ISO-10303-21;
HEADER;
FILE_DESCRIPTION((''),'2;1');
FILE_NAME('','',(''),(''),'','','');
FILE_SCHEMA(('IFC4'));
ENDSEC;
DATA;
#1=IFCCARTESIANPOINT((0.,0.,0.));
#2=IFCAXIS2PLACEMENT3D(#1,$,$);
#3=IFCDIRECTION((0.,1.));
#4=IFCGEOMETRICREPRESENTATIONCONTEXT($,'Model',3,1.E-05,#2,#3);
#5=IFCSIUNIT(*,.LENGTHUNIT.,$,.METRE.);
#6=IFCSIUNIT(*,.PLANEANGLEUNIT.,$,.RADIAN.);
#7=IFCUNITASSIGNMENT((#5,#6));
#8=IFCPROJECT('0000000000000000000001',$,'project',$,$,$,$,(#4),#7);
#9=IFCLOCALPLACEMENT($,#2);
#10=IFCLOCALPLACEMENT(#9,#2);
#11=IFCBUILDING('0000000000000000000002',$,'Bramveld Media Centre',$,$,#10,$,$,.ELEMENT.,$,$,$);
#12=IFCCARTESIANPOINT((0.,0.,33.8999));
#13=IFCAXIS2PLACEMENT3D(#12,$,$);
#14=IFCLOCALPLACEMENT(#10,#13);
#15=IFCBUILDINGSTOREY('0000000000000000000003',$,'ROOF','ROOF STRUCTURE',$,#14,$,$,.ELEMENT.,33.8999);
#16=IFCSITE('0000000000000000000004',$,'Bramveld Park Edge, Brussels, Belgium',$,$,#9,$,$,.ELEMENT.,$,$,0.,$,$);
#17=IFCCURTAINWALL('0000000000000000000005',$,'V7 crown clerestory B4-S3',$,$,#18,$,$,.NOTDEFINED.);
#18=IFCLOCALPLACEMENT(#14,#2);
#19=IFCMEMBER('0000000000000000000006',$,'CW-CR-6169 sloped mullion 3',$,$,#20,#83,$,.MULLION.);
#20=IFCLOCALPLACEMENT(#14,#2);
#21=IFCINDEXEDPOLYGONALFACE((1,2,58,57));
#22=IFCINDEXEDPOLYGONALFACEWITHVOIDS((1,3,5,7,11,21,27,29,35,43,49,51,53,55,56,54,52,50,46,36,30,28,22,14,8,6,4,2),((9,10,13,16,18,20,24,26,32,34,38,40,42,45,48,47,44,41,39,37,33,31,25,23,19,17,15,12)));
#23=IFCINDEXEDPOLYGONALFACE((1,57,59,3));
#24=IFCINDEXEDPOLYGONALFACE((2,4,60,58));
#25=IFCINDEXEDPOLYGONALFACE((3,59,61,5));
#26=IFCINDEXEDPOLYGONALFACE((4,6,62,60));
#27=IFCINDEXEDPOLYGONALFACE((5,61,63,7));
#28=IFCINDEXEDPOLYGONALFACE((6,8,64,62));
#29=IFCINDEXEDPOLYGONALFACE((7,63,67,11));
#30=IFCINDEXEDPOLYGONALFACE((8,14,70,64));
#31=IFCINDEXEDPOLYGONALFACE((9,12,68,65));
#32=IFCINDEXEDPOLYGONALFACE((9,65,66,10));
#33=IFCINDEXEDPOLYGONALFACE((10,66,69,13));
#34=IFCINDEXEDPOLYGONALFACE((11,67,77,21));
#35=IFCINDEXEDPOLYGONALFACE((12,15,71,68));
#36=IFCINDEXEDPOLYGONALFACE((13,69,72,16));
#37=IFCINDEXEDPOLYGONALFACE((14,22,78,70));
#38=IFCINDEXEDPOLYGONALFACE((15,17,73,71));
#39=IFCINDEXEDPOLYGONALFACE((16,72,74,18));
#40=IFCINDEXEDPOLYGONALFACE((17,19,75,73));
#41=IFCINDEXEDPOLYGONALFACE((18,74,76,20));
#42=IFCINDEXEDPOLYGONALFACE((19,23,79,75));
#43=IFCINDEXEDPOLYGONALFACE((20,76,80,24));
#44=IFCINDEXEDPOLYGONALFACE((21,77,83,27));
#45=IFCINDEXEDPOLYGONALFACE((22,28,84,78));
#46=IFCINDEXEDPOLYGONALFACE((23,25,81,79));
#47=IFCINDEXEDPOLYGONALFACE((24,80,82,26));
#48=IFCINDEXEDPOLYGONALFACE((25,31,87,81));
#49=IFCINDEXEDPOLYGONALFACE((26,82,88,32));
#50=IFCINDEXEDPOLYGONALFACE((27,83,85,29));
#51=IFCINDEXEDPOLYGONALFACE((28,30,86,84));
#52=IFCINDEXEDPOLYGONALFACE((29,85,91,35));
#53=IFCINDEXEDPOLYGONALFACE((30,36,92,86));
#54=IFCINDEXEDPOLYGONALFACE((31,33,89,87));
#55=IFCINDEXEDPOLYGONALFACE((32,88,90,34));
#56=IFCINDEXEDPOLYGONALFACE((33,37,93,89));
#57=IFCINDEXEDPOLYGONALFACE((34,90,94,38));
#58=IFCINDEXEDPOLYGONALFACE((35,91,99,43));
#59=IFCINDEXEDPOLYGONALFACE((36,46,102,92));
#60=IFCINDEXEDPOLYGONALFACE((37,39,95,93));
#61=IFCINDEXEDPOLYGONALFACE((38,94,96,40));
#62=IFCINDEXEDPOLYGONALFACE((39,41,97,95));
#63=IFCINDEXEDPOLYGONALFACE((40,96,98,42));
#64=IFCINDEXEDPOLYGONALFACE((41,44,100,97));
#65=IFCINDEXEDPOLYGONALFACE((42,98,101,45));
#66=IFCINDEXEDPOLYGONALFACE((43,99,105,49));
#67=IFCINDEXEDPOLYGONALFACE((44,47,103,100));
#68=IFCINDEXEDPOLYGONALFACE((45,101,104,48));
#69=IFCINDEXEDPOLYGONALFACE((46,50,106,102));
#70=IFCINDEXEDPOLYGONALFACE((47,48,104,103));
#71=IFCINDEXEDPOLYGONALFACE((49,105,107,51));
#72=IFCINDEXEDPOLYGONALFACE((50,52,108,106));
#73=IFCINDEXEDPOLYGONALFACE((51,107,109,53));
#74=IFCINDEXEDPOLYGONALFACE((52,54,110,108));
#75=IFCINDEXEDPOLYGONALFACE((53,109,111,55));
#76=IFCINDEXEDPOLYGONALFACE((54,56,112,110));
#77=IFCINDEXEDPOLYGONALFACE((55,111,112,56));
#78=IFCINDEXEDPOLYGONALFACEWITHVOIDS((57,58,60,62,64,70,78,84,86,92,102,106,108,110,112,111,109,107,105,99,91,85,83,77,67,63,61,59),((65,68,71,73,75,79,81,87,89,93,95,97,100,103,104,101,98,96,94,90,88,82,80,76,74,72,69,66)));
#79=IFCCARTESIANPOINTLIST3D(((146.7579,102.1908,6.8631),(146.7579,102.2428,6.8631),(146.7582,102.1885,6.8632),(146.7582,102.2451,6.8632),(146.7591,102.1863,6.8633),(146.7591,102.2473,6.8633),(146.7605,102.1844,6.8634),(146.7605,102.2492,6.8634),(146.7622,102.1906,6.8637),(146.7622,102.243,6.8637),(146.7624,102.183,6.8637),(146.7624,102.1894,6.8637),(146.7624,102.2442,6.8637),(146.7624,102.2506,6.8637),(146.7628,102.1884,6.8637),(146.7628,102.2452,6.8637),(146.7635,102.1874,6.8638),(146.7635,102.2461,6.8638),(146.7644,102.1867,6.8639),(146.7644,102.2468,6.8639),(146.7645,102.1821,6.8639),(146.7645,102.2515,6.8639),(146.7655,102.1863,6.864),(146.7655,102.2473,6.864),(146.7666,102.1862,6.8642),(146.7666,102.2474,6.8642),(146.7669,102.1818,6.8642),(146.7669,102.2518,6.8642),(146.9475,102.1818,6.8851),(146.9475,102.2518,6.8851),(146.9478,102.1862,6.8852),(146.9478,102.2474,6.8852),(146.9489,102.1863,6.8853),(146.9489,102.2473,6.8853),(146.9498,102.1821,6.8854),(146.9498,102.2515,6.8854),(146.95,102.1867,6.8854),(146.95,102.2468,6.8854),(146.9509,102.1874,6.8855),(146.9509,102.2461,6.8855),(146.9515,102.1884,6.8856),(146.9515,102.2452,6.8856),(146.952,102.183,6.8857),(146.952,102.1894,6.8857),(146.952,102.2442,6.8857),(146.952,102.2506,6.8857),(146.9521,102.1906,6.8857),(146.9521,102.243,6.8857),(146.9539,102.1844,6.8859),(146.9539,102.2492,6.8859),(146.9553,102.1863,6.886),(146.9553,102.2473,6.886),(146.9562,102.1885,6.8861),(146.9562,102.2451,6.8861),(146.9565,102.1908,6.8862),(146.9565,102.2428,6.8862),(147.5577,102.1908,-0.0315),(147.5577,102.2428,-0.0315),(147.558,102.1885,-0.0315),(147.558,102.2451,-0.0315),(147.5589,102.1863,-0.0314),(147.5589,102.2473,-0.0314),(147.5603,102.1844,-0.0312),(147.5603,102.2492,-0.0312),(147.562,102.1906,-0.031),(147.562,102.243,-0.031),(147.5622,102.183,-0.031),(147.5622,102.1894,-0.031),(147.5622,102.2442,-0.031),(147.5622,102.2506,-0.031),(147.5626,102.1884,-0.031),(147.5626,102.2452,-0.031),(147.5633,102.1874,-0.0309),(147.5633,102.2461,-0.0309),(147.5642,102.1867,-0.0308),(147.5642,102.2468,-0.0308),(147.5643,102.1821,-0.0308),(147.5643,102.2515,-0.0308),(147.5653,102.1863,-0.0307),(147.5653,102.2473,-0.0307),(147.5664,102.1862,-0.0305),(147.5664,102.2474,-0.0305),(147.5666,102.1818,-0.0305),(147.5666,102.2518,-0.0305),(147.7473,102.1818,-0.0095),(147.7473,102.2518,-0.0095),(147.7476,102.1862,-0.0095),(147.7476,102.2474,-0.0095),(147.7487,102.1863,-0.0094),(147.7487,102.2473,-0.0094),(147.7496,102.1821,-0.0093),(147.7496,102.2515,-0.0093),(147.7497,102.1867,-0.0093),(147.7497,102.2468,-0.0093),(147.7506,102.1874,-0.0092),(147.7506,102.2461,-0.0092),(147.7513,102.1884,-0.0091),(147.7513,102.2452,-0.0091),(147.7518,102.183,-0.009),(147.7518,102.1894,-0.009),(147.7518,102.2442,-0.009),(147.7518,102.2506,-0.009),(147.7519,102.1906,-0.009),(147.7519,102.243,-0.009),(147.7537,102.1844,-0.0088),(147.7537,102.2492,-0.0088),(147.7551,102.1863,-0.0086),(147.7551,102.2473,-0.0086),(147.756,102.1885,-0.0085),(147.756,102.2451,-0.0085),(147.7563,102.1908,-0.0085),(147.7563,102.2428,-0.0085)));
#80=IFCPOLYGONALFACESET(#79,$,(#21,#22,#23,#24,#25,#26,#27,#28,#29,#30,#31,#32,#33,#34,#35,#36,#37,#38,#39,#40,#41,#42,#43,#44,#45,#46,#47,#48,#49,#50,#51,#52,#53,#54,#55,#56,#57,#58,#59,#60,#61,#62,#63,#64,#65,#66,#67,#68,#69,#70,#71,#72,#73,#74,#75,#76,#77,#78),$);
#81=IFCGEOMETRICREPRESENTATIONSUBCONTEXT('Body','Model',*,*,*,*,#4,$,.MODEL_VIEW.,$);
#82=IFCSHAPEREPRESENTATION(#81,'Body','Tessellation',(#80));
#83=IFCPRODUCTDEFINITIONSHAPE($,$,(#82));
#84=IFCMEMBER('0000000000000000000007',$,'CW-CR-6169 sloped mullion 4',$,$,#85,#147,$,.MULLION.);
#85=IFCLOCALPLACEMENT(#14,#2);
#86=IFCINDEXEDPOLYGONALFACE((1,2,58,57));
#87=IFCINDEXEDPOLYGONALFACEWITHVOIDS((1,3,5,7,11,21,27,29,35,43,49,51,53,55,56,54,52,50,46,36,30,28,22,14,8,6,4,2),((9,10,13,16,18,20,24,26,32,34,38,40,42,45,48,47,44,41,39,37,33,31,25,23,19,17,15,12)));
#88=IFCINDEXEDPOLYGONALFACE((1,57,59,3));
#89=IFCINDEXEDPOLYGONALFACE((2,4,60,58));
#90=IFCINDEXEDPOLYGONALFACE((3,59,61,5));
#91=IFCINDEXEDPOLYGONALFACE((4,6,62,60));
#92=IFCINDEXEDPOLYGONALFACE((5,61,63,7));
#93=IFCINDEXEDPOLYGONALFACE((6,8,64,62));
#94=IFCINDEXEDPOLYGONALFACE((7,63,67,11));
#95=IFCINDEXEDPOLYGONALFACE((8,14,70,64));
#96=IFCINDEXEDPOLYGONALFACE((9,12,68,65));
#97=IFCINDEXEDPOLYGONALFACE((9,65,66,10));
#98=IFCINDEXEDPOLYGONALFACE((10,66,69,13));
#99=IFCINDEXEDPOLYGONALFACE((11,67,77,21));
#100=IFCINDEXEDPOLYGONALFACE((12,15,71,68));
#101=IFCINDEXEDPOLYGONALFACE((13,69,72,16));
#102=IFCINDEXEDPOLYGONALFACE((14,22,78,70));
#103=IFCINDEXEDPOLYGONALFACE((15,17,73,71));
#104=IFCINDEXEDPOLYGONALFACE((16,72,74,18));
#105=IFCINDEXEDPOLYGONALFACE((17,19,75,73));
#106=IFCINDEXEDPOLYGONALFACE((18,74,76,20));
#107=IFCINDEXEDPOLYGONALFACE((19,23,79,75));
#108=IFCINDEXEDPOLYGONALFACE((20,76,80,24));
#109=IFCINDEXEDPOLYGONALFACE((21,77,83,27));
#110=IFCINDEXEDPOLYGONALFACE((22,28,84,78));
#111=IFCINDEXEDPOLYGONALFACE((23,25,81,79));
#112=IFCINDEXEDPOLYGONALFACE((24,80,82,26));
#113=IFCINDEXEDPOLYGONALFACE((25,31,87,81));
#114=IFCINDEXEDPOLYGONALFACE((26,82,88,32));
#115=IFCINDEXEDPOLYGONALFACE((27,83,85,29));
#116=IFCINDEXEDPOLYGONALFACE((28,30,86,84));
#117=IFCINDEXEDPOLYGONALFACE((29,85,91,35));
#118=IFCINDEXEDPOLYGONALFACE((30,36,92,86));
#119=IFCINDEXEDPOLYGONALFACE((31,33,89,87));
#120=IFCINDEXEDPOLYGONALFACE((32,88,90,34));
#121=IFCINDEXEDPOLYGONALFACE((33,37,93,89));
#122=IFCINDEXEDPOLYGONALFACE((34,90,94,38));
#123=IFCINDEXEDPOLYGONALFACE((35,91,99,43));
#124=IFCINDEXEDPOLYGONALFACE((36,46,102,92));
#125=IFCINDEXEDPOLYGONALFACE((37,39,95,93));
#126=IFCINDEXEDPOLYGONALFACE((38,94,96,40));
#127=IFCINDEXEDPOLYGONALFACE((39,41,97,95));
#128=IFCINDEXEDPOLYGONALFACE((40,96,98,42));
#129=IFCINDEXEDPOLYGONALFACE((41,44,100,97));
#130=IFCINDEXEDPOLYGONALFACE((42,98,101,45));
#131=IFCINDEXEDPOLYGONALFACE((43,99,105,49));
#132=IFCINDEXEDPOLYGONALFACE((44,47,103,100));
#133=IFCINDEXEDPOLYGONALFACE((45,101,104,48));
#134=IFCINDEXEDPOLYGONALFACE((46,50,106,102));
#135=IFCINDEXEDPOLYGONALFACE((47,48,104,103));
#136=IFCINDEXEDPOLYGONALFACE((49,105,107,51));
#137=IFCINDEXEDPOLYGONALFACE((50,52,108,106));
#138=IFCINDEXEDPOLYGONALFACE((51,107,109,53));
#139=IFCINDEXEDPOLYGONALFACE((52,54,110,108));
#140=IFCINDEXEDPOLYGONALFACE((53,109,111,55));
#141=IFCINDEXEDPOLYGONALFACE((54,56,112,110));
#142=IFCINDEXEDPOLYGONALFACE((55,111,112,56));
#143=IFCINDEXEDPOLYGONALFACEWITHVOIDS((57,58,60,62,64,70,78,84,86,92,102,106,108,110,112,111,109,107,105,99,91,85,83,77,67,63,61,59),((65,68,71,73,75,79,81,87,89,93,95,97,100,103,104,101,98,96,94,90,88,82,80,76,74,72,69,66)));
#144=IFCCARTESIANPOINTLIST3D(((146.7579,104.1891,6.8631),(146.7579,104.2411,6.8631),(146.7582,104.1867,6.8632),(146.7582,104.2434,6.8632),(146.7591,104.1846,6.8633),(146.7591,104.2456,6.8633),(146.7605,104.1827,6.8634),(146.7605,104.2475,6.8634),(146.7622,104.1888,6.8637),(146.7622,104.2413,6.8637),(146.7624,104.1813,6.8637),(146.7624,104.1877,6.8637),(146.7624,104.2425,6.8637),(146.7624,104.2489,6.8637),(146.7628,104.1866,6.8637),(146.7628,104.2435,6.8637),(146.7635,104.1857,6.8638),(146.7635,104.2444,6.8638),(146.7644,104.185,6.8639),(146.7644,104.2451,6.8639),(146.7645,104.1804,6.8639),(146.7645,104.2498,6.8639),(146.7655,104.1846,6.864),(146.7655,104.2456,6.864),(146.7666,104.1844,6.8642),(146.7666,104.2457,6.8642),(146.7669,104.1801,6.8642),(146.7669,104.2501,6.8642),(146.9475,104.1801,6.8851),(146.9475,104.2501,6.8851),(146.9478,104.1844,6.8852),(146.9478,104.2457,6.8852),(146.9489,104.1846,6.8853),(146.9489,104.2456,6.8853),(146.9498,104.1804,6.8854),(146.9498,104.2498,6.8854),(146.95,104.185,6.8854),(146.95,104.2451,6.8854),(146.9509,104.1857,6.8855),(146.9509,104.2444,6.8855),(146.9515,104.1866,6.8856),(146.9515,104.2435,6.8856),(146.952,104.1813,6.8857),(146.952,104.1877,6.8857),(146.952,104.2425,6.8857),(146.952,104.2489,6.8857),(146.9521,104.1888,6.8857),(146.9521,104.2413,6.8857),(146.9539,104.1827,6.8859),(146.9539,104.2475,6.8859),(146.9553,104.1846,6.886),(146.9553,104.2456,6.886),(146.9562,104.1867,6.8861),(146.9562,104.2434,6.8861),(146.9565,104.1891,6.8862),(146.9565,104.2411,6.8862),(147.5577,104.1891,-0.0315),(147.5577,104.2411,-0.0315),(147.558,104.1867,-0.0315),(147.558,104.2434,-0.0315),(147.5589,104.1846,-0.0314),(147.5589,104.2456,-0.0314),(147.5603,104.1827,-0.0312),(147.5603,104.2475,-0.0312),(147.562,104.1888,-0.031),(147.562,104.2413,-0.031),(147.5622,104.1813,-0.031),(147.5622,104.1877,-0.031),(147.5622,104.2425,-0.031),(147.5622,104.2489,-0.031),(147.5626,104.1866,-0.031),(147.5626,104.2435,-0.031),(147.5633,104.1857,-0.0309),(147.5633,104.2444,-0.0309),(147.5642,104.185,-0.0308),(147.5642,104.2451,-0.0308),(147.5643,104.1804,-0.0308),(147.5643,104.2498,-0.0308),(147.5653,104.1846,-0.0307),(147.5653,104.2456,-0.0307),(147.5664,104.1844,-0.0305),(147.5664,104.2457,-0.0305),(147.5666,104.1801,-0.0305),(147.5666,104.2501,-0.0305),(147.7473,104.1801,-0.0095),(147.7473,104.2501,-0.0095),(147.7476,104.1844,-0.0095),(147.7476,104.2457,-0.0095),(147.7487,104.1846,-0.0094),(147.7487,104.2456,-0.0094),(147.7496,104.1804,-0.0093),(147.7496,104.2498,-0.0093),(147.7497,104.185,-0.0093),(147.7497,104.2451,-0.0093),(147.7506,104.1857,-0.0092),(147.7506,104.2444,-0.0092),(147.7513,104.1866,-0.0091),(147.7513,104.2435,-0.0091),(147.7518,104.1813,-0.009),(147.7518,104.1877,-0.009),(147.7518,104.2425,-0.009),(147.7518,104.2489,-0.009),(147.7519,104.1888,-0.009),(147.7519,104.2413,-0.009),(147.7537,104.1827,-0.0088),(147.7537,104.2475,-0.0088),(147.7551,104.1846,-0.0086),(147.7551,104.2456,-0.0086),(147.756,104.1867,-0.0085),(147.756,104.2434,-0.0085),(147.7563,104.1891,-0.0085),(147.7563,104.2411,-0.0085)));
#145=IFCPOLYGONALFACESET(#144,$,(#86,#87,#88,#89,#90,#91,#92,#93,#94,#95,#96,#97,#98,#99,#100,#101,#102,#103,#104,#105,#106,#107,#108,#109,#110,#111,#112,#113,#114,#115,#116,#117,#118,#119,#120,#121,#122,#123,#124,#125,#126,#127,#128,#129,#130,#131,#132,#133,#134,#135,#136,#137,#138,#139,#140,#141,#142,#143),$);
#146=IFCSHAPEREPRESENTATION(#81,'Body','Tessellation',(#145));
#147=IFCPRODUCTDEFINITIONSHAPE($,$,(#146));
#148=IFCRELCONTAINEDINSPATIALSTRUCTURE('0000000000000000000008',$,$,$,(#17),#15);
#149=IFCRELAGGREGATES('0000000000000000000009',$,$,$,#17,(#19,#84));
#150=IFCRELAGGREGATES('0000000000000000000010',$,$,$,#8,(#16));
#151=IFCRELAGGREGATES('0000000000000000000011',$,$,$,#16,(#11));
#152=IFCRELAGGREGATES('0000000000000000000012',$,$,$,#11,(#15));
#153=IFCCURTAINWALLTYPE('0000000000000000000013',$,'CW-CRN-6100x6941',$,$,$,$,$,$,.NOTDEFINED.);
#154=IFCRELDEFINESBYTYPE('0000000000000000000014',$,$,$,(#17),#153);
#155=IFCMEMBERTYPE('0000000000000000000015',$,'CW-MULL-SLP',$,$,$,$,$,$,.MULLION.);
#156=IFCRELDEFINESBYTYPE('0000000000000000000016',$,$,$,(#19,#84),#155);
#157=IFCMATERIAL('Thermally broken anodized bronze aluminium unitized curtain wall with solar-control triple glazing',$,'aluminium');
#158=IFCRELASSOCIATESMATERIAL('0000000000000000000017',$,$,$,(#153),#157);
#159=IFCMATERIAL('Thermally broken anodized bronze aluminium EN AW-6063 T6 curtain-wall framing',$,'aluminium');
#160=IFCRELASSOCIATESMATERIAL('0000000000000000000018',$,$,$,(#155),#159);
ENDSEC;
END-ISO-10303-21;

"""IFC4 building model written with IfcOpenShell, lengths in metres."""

from ifc_helpers import new_model, si_unit, direction, frame, origin, origin_2d, place, context, subcontext, project, spatial, hollow_rectangle, extrude, material, material_profile, profile_set, type_object, element, aggregate, save


model = new_model("IFC4")

# Units and contexts
model_context = context("Model", 3, precision=1e-05, world=origin(), true_north=direction((0.0, 1.0)))
body_context = subcontext(model_context, "Body", "Model", "MODEL_VIEW")
ifc_project = project(units=[si_unit("LENGTHUNIT", "METRE"), si_unit("PLANEANGLEUNIT", "RADIAN")], contexts=[model_context])

# Site, building, storey
site_placement = place(None, origin())
site = spatial("IfcSite", under=ifc_project, at=site_placement, Name="Bramveld Park Edge, Brussels, Belgium", CompositionType="ELEMENT", RefElevation=0.0)
building_placement = place(site_placement, origin())
building = spatial("IfcBuilding", under=site, at=building_placement, Name="Bramveld Media Centre", CompositionType="ELEMENT")
storey_placement = place(building_placement, frame((0.0, 0.0, 33.8999)))
storey = spatial("IfcBuildingStorey", under=building, at=storey_placement, Name="ROOF", Description="ROOF STRUCTURE", CompositionType="ELEMENT", Elevation=33.8999)

# Curtain wall, members
ifc_material_1 = material(Name="Thermally broken anodized bronze aluminium unitized curtain wall with solar-control triple glazing", Category="aluminium")
curtain_wall_type = type_object("IfcCurtainWallType", Name="CW-CRN-6100x6941", PredefinedType="NOTDEFINED", material=ifc_material_1)
curtain_wall_1_placement = place(storey_placement, origin())
curtain_wall_1 = element("IfcCurtainWall", 1, at=curtain_wall_1_placement, inside=storey, type_object=curtain_wall_type, Name="V7 crown clerestory B4-S3", PredefinedType="NOTDEFINED")
ifc_material_2 = material(Name="Thermally broken anodized bronze aluminium EN AW-6063 T6 curtain-wall framing", Category="aluminium")
ifc_material_profile_1 = material_profile(ifc_material_2, hollow_rectangle(XDim=0.0701, YDim=0.2, WallThickness=0.0044, InnerFilletRadius=0.0044, OuterFilletRadius=0.009, at=origin_2d()), Name="AL-MULL 70x200")
ifc_profile_set_1 = profile_set([ifc_material_profile_1], Name="Thermally broken anodized bronze aluminium EN AW-6063 T6 curtain-wall framing")
member_type_1 = type_object("IfcMemberType", Name="CW-MULL-SLP", PredefinedType="MULLION", material=ifc_profile_set_1)
member_1_placement = place(storey_placement, frame((147.657, 102.2168, -0.02), z_axis=(-0.115229, 0.0, 0.993339), x_axis=(0.0, -1.0, 0.0)))
member_1 = element("IfcMember", 2, at=member_1_placement, type_object=member_type_1, Name="CW-CR-6169 sloped mullion 3", PredefinedType="MULLION", context=body_context, shape_type="SweptSolid", body=[
    extrude(hollow_rectangle(XDim=0.0701, YDim=0.2, WallThickness=0.0044, InnerFilletRadius=0.0044, OuterFilletRadius=0.009, at=origin_2d()), origin(), (0.0, 0.0, 1.0), 6.9409),
])
member_2_placement = place(storey_placement, frame((147.657, 104.2151, -0.02), z_axis=(-0.115229, 0.0, 0.993339), x_axis=(0.0, -1.0, 0.0)))
member_2 = element("IfcMember", 3, at=member_2_placement, type_object=member_type_1, Name="CW-CR-6169 sloped mullion 4", PredefinedType="MULLION", context=body_context, shape_type="SweptSolid", body=[
    extrude(hollow_rectangle(XDim=0.0701, YDim=0.2, WallThickness=0.0044, InnerFilletRadius=0.0044, OuterFilletRadius=0.009, at=origin_2d()), origin(), (0.0, 0.0, 1.0), 6.9409),
])

aggregate(curtain_wall_1, [member_1, member_2])

save(model, "model.ifc")
